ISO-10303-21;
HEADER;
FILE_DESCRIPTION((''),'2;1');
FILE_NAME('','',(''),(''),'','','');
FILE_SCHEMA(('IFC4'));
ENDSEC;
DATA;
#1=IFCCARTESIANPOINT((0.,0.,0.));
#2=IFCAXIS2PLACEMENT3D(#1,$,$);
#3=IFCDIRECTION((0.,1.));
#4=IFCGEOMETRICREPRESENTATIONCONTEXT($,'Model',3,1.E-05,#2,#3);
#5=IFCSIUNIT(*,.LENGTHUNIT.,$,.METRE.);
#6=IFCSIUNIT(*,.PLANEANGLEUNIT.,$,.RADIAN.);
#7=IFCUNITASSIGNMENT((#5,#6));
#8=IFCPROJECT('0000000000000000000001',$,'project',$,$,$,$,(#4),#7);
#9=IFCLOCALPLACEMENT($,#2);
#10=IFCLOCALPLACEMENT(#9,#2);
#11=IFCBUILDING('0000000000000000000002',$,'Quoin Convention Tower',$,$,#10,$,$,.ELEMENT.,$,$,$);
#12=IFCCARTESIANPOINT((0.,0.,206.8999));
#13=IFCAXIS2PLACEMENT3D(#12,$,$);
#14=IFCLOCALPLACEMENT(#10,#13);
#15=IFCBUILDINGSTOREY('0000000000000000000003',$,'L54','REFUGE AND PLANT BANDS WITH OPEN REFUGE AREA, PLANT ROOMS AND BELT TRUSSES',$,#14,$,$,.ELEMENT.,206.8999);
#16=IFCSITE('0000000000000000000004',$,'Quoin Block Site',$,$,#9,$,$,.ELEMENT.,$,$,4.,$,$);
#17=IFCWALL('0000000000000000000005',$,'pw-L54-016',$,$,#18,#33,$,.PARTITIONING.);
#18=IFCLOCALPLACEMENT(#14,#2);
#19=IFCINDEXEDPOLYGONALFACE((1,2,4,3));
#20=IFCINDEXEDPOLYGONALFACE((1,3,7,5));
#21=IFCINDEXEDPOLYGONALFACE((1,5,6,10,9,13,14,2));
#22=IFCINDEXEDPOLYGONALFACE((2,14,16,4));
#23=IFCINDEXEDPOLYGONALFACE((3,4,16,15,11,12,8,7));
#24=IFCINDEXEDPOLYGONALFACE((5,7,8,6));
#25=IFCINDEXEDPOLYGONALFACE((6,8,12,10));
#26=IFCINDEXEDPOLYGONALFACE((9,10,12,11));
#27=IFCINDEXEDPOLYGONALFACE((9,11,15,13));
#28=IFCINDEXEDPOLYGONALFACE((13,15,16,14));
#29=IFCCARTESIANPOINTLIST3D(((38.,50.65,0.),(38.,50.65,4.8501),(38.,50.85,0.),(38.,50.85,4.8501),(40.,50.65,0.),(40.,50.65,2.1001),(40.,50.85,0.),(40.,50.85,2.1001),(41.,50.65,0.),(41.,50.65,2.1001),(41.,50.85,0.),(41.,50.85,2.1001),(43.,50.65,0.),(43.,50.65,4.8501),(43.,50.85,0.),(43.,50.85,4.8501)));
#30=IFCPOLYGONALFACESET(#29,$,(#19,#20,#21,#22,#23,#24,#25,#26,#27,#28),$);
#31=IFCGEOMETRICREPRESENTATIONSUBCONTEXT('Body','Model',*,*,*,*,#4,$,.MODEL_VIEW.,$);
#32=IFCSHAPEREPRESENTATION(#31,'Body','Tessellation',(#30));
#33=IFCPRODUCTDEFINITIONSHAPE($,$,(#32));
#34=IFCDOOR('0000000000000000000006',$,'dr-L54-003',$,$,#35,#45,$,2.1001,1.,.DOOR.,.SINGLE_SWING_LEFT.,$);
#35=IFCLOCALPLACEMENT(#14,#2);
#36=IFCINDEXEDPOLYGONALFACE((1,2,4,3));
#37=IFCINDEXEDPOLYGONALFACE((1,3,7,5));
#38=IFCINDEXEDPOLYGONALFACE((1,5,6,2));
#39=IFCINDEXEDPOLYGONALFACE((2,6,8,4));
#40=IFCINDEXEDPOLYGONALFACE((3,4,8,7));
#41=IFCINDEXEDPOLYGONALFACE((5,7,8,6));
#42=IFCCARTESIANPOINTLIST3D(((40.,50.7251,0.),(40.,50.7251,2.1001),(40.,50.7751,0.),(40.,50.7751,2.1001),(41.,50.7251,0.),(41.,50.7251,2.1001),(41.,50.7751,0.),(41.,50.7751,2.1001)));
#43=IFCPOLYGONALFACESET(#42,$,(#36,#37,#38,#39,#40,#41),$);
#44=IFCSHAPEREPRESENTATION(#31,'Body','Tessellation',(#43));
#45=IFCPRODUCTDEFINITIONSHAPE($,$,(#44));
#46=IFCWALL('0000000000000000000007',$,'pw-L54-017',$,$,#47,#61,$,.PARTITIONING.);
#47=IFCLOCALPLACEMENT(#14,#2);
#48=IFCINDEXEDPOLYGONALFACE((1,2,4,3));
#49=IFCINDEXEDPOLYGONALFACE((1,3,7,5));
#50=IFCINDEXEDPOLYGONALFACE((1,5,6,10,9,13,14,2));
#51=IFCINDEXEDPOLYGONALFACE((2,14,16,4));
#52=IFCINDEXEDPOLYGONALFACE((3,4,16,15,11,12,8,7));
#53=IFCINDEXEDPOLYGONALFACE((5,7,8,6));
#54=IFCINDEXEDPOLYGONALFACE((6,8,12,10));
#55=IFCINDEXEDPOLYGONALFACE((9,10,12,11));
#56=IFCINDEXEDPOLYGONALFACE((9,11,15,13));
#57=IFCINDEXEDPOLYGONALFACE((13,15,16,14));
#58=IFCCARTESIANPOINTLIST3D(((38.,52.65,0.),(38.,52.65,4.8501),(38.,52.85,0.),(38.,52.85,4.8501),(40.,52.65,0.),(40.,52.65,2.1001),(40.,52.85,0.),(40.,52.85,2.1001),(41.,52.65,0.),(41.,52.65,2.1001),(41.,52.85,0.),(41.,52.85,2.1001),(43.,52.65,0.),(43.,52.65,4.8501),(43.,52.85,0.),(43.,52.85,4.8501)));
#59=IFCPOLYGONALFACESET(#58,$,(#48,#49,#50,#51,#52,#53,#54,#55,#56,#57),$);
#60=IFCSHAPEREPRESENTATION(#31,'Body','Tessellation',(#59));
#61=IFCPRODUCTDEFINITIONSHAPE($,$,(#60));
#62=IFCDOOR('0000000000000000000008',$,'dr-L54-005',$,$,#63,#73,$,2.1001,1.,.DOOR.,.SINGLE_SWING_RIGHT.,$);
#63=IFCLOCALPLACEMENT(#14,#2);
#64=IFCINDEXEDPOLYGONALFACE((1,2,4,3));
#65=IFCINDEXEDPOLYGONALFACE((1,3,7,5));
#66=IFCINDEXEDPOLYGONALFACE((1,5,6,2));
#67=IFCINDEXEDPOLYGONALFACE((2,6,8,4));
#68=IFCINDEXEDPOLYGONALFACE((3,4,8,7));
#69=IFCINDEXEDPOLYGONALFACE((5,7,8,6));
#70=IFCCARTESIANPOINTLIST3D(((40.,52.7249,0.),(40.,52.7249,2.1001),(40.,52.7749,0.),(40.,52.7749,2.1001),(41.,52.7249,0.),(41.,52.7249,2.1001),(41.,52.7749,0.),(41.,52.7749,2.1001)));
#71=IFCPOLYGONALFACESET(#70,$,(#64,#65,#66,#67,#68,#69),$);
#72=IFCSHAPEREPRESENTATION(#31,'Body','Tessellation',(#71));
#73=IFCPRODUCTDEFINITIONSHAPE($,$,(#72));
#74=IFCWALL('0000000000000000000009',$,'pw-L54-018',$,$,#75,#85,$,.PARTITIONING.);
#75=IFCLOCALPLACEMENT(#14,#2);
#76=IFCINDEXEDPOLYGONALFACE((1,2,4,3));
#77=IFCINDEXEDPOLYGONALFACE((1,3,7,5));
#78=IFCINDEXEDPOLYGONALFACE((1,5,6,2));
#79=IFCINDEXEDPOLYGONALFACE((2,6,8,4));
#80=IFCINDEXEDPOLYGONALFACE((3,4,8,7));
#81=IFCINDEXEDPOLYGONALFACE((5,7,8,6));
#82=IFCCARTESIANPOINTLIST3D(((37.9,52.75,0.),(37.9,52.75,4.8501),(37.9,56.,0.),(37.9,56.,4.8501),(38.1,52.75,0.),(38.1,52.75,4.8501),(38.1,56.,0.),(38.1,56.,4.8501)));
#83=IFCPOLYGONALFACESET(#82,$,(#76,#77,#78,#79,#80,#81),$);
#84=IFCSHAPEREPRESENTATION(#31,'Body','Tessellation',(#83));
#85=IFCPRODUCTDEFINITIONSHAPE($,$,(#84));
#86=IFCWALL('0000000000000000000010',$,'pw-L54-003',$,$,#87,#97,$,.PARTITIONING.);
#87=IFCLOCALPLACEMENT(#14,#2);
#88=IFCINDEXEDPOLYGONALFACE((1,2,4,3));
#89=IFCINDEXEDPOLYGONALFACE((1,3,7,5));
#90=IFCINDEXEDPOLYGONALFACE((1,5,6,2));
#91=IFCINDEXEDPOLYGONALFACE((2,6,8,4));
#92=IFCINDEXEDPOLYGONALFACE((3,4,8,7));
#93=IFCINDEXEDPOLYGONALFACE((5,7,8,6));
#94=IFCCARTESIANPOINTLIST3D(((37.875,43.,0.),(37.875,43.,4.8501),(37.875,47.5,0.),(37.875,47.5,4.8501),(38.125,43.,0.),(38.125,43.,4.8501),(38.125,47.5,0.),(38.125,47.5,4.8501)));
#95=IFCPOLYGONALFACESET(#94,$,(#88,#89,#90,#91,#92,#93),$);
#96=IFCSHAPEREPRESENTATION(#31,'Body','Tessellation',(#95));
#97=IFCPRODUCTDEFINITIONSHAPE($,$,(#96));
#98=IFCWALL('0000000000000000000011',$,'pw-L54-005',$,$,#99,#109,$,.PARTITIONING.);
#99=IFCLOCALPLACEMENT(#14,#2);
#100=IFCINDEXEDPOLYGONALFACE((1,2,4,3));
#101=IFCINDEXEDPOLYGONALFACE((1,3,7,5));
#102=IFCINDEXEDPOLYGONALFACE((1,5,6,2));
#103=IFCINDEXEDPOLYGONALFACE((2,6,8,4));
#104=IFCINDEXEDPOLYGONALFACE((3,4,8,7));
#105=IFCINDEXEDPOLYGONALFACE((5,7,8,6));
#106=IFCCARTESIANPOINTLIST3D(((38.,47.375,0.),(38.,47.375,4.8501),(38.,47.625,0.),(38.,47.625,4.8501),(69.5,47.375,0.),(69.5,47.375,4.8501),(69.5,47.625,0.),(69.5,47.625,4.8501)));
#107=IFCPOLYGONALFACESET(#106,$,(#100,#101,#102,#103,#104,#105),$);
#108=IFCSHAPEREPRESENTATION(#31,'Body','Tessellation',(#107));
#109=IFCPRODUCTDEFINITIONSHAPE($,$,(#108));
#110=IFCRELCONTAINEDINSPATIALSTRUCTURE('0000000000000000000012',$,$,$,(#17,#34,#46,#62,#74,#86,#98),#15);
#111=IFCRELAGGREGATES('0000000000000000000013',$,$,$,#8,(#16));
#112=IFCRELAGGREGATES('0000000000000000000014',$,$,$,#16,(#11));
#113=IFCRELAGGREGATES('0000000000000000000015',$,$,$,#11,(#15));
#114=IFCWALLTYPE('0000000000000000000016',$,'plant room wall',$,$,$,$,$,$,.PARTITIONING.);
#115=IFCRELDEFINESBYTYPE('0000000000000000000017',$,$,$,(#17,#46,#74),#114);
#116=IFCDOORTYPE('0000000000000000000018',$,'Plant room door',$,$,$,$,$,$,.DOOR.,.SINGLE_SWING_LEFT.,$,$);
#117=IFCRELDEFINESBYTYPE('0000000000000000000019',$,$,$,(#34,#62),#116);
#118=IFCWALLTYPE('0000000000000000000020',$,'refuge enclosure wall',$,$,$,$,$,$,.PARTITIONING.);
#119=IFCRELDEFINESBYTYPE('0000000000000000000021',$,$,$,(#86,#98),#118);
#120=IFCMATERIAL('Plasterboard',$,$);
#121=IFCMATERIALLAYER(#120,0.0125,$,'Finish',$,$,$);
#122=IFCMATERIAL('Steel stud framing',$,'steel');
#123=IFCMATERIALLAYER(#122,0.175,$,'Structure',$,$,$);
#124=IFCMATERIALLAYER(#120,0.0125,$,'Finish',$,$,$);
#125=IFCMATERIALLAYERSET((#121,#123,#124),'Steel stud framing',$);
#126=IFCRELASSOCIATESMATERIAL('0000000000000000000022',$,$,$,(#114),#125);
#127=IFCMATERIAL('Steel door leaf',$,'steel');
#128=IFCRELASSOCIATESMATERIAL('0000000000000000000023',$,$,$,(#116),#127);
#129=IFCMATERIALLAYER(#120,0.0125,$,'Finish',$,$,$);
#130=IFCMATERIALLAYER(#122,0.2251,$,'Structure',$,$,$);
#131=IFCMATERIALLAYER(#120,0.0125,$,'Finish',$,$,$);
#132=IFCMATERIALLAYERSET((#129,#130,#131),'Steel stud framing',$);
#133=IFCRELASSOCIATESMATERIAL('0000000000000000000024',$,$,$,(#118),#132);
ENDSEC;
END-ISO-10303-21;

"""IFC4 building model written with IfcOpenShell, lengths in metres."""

from ifc_helpers import new_model, si_unit, direction, frame, frame_2d, origin, place, context, subcontext, project, spatial, rectangle, extrude, material, layer, layer_set, type_object, element, fill, save


model = new_model("IFC4")

# Units and contexts
model_context = context("Model", 3, precision=1e-05, world=origin(), true_north=direction((0.0, 1.0)))
body_context = subcontext(model_context, "Body", "Model", "MODEL_VIEW")
ifc_project = project(units=[si_unit("LENGTHUNIT", "METRE"), si_unit("PLANEANGLEUNIT", "RADIAN")], contexts=[model_context])

# Site, building, storey
site_placement = place(None, origin())
site = spatial("IfcSite", under=ifc_project, at=site_placement, Name="Quoin Block Site", CompositionType="ELEMENT", RefElevation=4.0)
building_placement = place(site_placement, origin())
building = spatial("IfcBuilding", under=site, at=building_placement, Name="Quoin Convention Tower", CompositionType="ELEMENT")
storey_placement = place(building_placement, frame((0.0, 0.0, 206.8999)))
storey = spatial("IfcBuildingStorey", under=building, at=storey_placement, Name="L54", Description="REFUGE AND PLANT BANDS WITH OPEN REFUGE AREA, PLANT ROOMS AND BELT TRUSSES", CompositionType="ELEMENT", Elevation=206.8999)

# Shared definitions
ifc_material_1 = material(Name="Plasterboard")
ifc_layer_1 = layer(ifc_material_1, 0.0125, Name="Finish")
ifc_material_2 = material(Name="Steel stud framing", Category="steel")
ifc_layer_2 = layer(ifc_material_2, 0.175, Name="Structure")
ifc_layer_3 = layer(ifc_material_1, 0.0125, Name="Finish")
ifc_layer_set_1 = layer_set([ifc_layer_1, ifc_layer_2, ifc_layer_3], Name="Steel stud framing")
wall_type_1 = type_object("IfcWallType", Name="plant room wall", PredefinedType="PARTITIONING", material=ifc_layer_set_1)

# Walls, openings, doors
wall_1_placement = place(storey_placement, frame((38.0, 50.75, 0.0), z_axis=(0.0, 0.0, 1.0), x_axis=(1.0, 0.0, 0.0)))
wall_1 = element("IfcWall", 1, at=wall_1_placement, inside=storey, type_object=wall_type_1, Name="pw-L54-016", PredefinedType="PARTITIONING", context=body_context, shape_type="SweptSolid", body=[
    extrude(rectangle(XDim=5.0, YDim=0.2, at=frame_2d((2.5, 0.0))), origin(), (0.0, 0.0, 1.0), 4.8501),
])
opening_1_placement = place(wall_1_placement, frame((2.0, 0.0, 0.0)))
opening_1 = element("IfcOpeningElement", 2, at=opening_1_placement, cuts=wall_1, PredefinedType="OPENING", context=body_context, shape_type="SweptSolid", body=[
    extrude(rectangle(XDim=1.0, YDim=2.1001, at=frame_2d((0.5, 1.05))), frame((0.0, 0.1099, 0.0), z_axis=(0.0, -1.0, 0.0), x_axis=(1.0, 0.0, 0.0)), (0.0, 0.0, 1.0), 0.22),
])
ifc_material_3 = material(Name="Steel door leaf", Category="steel")
door_type = type_object("IfcDoorType", Name="Plant room door", OperationType="SINGLE_SWING_LEFT", PredefinedType="DOOR", material=ifc_material_3)
door_1_placement = place(opening_1_placement, frame((1.0, 0.0, 0.0), z_axis=(0.0, 0.0, 1.0), x_axis=(-1.0, 0.0, 0.0)))
door_1 = element("IfcDoor", 3, at=door_1_placement, inside=storey, type_object=door_type, Name="dr-L54-003", OperationType="SINGLE_SWING_LEFT", OverallHeight=2.1001, OverallWidth=1.0, PredefinedType="DOOR", context=body_context, shape_type="SweptSolid", body=[
    extrude(rectangle(XDim=1.0, YDim=2.1001, at=frame_2d((0.5, 1.05))), frame((0.0, 0.0249, 0.0), z_axis=(0.0, -1.0, 0.0), x_axis=(1.0, 0.0, 0.0)), (0.0, 0.0, 1.0), 0.05),
])
fill(opening_1, door_1)
wall_2_placement = place(storey_placement, frame((38.0, 52.75, 0.0), z_axis=(0.0, 0.0, 1.0), x_axis=(1.0, 0.0, 0.0)))
wall_2 = element("IfcWall", 4, at=wall_2_placement, inside=storey, type_object=wall_type_1, Name="pw-L54-017", PredefinedType="PARTITIONING", context=body_context, shape_type="SweptSolid", body=[
    extrude(rectangle(XDim=5.0, YDim=0.2, at=frame_2d((2.5, 0.0))), origin(), (0.0, 0.0, 1.0), 4.8501),
])
opening_2_placement = place(wall_2_placement, frame((2.0, 0.0, 0.0)))
opening_2 = element("IfcOpeningElement", 5, at=opening_2_placement, cuts=wall_2, PredefinedType="OPENING", context=body_context, shape_type="SweptSolid", body=[
    extrude(rectangle(XDim=1.0, YDim=2.1001, at=frame_2d((0.5, 1.05))), frame((0.0, 0.1099, 0.0), z_axis=(0.0, -1.0, 0.0), x_axis=(1.0, 0.0, 0.0)), (0.0, 0.0, 1.0), 0.22),
])
door_2_placement = place(opening_2_placement, origin())
door_2 = element("IfcDoor", 6, at=door_2_placement, inside=storey, type_object=door_type, Name="dr-L54-005", OperationType="SINGLE_SWING_RIGHT", OverallHeight=2.1001, OverallWidth=1.0, PredefinedType="DOOR", context=body_context, shape_type="SweptSolid", body=[
    extrude(rectangle(XDim=1.0, YDim=2.1001, at=frame_2d((0.5, 1.05))), frame((0.0, 0.0249, 0.0), z_axis=(0.0, -1.0, 0.0), x_axis=(1.0, 0.0, 0.0)), (0.0, 0.0, 1.0), 0.05),
])
fill(opening_2, door_2)

# Walls
wall_3_placement = place(storey_placement, frame((38.0, 52.75, 0.0), z_axis=(0.0, 0.0, 1.0), x_axis=(0.0, 1.0, 0.0)))
element("IfcWall", 7, at=wall_3_placement, inside=storey, type_object=wall_type_1, Name="pw-L54-018", PredefinedType="PARTITIONING", context=body_context, shape_type="SweptSolid", body=[
    extrude(rectangle(XDim=3.25, YDim=0.2, at=frame_2d((1.625, 0.0))), origin(), (0.0, 0.0, 1.0), 4.8501),
])
ifc_layer_4 = layer(ifc_material_1, 0.0125, Name="Finish")
ifc_layer_5 = layer(ifc_material_2, 0.2251, Name="Structure")
ifc_layer_6 = layer(ifc_material_1, 0.0125, Name="Finish")
ifc_layer_set_2 = layer_set([ifc_layer_4, ifc_layer_5, ifc_layer_6], Name="Steel stud framing")
wall_type_2 = type_object("IfcWallType", Name="refuge enclosure wall", PredefinedType="PARTITIONING", material=ifc_layer_set_2)
wall_4_placement = place(storey_placement, frame((38.0, 43.0, 0.0), z_axis=(0.0, 0.0, 1.0), x_axis=(0.0, 1.0, 0.0)))
element("IfcWall", 8, at=wall_4_placement, inside=storey, type_object=wall_type_2, Name="pw-L54-003", PredefinedType="PARTITIONING", context=body_context, shape_type="SweptSolid", body=[
    extrude(rectangle(XDim=4.5, YDim=0.25, at=frame_2d((2.25, 0.0))), origin(), (0.0, 0.0, 1.0), 4.8501),
])
wall_5_placement = place(storey_placement, frame((38.0, 47.5, 0.0), z_axis=(0.0, 0.0, 1.0), x_axis=(1.0, 0.0, 0.0)))
element("IfcWall", 9, at=wall_5_placement, inside=storey, type_object=wall_type_2, Name="pw-L54-005", PredefinedType="PARTITIONING", context=body_context, shape_type="SweptSolid", body=[
    extrude(rectangle(XDim=31.5, YDim=0.25, at=frame_2d((15.75, 0.0))), origin(), (0.0, 0.0, 1.0), 4.8501),
])

save(model, "model.ifc")
